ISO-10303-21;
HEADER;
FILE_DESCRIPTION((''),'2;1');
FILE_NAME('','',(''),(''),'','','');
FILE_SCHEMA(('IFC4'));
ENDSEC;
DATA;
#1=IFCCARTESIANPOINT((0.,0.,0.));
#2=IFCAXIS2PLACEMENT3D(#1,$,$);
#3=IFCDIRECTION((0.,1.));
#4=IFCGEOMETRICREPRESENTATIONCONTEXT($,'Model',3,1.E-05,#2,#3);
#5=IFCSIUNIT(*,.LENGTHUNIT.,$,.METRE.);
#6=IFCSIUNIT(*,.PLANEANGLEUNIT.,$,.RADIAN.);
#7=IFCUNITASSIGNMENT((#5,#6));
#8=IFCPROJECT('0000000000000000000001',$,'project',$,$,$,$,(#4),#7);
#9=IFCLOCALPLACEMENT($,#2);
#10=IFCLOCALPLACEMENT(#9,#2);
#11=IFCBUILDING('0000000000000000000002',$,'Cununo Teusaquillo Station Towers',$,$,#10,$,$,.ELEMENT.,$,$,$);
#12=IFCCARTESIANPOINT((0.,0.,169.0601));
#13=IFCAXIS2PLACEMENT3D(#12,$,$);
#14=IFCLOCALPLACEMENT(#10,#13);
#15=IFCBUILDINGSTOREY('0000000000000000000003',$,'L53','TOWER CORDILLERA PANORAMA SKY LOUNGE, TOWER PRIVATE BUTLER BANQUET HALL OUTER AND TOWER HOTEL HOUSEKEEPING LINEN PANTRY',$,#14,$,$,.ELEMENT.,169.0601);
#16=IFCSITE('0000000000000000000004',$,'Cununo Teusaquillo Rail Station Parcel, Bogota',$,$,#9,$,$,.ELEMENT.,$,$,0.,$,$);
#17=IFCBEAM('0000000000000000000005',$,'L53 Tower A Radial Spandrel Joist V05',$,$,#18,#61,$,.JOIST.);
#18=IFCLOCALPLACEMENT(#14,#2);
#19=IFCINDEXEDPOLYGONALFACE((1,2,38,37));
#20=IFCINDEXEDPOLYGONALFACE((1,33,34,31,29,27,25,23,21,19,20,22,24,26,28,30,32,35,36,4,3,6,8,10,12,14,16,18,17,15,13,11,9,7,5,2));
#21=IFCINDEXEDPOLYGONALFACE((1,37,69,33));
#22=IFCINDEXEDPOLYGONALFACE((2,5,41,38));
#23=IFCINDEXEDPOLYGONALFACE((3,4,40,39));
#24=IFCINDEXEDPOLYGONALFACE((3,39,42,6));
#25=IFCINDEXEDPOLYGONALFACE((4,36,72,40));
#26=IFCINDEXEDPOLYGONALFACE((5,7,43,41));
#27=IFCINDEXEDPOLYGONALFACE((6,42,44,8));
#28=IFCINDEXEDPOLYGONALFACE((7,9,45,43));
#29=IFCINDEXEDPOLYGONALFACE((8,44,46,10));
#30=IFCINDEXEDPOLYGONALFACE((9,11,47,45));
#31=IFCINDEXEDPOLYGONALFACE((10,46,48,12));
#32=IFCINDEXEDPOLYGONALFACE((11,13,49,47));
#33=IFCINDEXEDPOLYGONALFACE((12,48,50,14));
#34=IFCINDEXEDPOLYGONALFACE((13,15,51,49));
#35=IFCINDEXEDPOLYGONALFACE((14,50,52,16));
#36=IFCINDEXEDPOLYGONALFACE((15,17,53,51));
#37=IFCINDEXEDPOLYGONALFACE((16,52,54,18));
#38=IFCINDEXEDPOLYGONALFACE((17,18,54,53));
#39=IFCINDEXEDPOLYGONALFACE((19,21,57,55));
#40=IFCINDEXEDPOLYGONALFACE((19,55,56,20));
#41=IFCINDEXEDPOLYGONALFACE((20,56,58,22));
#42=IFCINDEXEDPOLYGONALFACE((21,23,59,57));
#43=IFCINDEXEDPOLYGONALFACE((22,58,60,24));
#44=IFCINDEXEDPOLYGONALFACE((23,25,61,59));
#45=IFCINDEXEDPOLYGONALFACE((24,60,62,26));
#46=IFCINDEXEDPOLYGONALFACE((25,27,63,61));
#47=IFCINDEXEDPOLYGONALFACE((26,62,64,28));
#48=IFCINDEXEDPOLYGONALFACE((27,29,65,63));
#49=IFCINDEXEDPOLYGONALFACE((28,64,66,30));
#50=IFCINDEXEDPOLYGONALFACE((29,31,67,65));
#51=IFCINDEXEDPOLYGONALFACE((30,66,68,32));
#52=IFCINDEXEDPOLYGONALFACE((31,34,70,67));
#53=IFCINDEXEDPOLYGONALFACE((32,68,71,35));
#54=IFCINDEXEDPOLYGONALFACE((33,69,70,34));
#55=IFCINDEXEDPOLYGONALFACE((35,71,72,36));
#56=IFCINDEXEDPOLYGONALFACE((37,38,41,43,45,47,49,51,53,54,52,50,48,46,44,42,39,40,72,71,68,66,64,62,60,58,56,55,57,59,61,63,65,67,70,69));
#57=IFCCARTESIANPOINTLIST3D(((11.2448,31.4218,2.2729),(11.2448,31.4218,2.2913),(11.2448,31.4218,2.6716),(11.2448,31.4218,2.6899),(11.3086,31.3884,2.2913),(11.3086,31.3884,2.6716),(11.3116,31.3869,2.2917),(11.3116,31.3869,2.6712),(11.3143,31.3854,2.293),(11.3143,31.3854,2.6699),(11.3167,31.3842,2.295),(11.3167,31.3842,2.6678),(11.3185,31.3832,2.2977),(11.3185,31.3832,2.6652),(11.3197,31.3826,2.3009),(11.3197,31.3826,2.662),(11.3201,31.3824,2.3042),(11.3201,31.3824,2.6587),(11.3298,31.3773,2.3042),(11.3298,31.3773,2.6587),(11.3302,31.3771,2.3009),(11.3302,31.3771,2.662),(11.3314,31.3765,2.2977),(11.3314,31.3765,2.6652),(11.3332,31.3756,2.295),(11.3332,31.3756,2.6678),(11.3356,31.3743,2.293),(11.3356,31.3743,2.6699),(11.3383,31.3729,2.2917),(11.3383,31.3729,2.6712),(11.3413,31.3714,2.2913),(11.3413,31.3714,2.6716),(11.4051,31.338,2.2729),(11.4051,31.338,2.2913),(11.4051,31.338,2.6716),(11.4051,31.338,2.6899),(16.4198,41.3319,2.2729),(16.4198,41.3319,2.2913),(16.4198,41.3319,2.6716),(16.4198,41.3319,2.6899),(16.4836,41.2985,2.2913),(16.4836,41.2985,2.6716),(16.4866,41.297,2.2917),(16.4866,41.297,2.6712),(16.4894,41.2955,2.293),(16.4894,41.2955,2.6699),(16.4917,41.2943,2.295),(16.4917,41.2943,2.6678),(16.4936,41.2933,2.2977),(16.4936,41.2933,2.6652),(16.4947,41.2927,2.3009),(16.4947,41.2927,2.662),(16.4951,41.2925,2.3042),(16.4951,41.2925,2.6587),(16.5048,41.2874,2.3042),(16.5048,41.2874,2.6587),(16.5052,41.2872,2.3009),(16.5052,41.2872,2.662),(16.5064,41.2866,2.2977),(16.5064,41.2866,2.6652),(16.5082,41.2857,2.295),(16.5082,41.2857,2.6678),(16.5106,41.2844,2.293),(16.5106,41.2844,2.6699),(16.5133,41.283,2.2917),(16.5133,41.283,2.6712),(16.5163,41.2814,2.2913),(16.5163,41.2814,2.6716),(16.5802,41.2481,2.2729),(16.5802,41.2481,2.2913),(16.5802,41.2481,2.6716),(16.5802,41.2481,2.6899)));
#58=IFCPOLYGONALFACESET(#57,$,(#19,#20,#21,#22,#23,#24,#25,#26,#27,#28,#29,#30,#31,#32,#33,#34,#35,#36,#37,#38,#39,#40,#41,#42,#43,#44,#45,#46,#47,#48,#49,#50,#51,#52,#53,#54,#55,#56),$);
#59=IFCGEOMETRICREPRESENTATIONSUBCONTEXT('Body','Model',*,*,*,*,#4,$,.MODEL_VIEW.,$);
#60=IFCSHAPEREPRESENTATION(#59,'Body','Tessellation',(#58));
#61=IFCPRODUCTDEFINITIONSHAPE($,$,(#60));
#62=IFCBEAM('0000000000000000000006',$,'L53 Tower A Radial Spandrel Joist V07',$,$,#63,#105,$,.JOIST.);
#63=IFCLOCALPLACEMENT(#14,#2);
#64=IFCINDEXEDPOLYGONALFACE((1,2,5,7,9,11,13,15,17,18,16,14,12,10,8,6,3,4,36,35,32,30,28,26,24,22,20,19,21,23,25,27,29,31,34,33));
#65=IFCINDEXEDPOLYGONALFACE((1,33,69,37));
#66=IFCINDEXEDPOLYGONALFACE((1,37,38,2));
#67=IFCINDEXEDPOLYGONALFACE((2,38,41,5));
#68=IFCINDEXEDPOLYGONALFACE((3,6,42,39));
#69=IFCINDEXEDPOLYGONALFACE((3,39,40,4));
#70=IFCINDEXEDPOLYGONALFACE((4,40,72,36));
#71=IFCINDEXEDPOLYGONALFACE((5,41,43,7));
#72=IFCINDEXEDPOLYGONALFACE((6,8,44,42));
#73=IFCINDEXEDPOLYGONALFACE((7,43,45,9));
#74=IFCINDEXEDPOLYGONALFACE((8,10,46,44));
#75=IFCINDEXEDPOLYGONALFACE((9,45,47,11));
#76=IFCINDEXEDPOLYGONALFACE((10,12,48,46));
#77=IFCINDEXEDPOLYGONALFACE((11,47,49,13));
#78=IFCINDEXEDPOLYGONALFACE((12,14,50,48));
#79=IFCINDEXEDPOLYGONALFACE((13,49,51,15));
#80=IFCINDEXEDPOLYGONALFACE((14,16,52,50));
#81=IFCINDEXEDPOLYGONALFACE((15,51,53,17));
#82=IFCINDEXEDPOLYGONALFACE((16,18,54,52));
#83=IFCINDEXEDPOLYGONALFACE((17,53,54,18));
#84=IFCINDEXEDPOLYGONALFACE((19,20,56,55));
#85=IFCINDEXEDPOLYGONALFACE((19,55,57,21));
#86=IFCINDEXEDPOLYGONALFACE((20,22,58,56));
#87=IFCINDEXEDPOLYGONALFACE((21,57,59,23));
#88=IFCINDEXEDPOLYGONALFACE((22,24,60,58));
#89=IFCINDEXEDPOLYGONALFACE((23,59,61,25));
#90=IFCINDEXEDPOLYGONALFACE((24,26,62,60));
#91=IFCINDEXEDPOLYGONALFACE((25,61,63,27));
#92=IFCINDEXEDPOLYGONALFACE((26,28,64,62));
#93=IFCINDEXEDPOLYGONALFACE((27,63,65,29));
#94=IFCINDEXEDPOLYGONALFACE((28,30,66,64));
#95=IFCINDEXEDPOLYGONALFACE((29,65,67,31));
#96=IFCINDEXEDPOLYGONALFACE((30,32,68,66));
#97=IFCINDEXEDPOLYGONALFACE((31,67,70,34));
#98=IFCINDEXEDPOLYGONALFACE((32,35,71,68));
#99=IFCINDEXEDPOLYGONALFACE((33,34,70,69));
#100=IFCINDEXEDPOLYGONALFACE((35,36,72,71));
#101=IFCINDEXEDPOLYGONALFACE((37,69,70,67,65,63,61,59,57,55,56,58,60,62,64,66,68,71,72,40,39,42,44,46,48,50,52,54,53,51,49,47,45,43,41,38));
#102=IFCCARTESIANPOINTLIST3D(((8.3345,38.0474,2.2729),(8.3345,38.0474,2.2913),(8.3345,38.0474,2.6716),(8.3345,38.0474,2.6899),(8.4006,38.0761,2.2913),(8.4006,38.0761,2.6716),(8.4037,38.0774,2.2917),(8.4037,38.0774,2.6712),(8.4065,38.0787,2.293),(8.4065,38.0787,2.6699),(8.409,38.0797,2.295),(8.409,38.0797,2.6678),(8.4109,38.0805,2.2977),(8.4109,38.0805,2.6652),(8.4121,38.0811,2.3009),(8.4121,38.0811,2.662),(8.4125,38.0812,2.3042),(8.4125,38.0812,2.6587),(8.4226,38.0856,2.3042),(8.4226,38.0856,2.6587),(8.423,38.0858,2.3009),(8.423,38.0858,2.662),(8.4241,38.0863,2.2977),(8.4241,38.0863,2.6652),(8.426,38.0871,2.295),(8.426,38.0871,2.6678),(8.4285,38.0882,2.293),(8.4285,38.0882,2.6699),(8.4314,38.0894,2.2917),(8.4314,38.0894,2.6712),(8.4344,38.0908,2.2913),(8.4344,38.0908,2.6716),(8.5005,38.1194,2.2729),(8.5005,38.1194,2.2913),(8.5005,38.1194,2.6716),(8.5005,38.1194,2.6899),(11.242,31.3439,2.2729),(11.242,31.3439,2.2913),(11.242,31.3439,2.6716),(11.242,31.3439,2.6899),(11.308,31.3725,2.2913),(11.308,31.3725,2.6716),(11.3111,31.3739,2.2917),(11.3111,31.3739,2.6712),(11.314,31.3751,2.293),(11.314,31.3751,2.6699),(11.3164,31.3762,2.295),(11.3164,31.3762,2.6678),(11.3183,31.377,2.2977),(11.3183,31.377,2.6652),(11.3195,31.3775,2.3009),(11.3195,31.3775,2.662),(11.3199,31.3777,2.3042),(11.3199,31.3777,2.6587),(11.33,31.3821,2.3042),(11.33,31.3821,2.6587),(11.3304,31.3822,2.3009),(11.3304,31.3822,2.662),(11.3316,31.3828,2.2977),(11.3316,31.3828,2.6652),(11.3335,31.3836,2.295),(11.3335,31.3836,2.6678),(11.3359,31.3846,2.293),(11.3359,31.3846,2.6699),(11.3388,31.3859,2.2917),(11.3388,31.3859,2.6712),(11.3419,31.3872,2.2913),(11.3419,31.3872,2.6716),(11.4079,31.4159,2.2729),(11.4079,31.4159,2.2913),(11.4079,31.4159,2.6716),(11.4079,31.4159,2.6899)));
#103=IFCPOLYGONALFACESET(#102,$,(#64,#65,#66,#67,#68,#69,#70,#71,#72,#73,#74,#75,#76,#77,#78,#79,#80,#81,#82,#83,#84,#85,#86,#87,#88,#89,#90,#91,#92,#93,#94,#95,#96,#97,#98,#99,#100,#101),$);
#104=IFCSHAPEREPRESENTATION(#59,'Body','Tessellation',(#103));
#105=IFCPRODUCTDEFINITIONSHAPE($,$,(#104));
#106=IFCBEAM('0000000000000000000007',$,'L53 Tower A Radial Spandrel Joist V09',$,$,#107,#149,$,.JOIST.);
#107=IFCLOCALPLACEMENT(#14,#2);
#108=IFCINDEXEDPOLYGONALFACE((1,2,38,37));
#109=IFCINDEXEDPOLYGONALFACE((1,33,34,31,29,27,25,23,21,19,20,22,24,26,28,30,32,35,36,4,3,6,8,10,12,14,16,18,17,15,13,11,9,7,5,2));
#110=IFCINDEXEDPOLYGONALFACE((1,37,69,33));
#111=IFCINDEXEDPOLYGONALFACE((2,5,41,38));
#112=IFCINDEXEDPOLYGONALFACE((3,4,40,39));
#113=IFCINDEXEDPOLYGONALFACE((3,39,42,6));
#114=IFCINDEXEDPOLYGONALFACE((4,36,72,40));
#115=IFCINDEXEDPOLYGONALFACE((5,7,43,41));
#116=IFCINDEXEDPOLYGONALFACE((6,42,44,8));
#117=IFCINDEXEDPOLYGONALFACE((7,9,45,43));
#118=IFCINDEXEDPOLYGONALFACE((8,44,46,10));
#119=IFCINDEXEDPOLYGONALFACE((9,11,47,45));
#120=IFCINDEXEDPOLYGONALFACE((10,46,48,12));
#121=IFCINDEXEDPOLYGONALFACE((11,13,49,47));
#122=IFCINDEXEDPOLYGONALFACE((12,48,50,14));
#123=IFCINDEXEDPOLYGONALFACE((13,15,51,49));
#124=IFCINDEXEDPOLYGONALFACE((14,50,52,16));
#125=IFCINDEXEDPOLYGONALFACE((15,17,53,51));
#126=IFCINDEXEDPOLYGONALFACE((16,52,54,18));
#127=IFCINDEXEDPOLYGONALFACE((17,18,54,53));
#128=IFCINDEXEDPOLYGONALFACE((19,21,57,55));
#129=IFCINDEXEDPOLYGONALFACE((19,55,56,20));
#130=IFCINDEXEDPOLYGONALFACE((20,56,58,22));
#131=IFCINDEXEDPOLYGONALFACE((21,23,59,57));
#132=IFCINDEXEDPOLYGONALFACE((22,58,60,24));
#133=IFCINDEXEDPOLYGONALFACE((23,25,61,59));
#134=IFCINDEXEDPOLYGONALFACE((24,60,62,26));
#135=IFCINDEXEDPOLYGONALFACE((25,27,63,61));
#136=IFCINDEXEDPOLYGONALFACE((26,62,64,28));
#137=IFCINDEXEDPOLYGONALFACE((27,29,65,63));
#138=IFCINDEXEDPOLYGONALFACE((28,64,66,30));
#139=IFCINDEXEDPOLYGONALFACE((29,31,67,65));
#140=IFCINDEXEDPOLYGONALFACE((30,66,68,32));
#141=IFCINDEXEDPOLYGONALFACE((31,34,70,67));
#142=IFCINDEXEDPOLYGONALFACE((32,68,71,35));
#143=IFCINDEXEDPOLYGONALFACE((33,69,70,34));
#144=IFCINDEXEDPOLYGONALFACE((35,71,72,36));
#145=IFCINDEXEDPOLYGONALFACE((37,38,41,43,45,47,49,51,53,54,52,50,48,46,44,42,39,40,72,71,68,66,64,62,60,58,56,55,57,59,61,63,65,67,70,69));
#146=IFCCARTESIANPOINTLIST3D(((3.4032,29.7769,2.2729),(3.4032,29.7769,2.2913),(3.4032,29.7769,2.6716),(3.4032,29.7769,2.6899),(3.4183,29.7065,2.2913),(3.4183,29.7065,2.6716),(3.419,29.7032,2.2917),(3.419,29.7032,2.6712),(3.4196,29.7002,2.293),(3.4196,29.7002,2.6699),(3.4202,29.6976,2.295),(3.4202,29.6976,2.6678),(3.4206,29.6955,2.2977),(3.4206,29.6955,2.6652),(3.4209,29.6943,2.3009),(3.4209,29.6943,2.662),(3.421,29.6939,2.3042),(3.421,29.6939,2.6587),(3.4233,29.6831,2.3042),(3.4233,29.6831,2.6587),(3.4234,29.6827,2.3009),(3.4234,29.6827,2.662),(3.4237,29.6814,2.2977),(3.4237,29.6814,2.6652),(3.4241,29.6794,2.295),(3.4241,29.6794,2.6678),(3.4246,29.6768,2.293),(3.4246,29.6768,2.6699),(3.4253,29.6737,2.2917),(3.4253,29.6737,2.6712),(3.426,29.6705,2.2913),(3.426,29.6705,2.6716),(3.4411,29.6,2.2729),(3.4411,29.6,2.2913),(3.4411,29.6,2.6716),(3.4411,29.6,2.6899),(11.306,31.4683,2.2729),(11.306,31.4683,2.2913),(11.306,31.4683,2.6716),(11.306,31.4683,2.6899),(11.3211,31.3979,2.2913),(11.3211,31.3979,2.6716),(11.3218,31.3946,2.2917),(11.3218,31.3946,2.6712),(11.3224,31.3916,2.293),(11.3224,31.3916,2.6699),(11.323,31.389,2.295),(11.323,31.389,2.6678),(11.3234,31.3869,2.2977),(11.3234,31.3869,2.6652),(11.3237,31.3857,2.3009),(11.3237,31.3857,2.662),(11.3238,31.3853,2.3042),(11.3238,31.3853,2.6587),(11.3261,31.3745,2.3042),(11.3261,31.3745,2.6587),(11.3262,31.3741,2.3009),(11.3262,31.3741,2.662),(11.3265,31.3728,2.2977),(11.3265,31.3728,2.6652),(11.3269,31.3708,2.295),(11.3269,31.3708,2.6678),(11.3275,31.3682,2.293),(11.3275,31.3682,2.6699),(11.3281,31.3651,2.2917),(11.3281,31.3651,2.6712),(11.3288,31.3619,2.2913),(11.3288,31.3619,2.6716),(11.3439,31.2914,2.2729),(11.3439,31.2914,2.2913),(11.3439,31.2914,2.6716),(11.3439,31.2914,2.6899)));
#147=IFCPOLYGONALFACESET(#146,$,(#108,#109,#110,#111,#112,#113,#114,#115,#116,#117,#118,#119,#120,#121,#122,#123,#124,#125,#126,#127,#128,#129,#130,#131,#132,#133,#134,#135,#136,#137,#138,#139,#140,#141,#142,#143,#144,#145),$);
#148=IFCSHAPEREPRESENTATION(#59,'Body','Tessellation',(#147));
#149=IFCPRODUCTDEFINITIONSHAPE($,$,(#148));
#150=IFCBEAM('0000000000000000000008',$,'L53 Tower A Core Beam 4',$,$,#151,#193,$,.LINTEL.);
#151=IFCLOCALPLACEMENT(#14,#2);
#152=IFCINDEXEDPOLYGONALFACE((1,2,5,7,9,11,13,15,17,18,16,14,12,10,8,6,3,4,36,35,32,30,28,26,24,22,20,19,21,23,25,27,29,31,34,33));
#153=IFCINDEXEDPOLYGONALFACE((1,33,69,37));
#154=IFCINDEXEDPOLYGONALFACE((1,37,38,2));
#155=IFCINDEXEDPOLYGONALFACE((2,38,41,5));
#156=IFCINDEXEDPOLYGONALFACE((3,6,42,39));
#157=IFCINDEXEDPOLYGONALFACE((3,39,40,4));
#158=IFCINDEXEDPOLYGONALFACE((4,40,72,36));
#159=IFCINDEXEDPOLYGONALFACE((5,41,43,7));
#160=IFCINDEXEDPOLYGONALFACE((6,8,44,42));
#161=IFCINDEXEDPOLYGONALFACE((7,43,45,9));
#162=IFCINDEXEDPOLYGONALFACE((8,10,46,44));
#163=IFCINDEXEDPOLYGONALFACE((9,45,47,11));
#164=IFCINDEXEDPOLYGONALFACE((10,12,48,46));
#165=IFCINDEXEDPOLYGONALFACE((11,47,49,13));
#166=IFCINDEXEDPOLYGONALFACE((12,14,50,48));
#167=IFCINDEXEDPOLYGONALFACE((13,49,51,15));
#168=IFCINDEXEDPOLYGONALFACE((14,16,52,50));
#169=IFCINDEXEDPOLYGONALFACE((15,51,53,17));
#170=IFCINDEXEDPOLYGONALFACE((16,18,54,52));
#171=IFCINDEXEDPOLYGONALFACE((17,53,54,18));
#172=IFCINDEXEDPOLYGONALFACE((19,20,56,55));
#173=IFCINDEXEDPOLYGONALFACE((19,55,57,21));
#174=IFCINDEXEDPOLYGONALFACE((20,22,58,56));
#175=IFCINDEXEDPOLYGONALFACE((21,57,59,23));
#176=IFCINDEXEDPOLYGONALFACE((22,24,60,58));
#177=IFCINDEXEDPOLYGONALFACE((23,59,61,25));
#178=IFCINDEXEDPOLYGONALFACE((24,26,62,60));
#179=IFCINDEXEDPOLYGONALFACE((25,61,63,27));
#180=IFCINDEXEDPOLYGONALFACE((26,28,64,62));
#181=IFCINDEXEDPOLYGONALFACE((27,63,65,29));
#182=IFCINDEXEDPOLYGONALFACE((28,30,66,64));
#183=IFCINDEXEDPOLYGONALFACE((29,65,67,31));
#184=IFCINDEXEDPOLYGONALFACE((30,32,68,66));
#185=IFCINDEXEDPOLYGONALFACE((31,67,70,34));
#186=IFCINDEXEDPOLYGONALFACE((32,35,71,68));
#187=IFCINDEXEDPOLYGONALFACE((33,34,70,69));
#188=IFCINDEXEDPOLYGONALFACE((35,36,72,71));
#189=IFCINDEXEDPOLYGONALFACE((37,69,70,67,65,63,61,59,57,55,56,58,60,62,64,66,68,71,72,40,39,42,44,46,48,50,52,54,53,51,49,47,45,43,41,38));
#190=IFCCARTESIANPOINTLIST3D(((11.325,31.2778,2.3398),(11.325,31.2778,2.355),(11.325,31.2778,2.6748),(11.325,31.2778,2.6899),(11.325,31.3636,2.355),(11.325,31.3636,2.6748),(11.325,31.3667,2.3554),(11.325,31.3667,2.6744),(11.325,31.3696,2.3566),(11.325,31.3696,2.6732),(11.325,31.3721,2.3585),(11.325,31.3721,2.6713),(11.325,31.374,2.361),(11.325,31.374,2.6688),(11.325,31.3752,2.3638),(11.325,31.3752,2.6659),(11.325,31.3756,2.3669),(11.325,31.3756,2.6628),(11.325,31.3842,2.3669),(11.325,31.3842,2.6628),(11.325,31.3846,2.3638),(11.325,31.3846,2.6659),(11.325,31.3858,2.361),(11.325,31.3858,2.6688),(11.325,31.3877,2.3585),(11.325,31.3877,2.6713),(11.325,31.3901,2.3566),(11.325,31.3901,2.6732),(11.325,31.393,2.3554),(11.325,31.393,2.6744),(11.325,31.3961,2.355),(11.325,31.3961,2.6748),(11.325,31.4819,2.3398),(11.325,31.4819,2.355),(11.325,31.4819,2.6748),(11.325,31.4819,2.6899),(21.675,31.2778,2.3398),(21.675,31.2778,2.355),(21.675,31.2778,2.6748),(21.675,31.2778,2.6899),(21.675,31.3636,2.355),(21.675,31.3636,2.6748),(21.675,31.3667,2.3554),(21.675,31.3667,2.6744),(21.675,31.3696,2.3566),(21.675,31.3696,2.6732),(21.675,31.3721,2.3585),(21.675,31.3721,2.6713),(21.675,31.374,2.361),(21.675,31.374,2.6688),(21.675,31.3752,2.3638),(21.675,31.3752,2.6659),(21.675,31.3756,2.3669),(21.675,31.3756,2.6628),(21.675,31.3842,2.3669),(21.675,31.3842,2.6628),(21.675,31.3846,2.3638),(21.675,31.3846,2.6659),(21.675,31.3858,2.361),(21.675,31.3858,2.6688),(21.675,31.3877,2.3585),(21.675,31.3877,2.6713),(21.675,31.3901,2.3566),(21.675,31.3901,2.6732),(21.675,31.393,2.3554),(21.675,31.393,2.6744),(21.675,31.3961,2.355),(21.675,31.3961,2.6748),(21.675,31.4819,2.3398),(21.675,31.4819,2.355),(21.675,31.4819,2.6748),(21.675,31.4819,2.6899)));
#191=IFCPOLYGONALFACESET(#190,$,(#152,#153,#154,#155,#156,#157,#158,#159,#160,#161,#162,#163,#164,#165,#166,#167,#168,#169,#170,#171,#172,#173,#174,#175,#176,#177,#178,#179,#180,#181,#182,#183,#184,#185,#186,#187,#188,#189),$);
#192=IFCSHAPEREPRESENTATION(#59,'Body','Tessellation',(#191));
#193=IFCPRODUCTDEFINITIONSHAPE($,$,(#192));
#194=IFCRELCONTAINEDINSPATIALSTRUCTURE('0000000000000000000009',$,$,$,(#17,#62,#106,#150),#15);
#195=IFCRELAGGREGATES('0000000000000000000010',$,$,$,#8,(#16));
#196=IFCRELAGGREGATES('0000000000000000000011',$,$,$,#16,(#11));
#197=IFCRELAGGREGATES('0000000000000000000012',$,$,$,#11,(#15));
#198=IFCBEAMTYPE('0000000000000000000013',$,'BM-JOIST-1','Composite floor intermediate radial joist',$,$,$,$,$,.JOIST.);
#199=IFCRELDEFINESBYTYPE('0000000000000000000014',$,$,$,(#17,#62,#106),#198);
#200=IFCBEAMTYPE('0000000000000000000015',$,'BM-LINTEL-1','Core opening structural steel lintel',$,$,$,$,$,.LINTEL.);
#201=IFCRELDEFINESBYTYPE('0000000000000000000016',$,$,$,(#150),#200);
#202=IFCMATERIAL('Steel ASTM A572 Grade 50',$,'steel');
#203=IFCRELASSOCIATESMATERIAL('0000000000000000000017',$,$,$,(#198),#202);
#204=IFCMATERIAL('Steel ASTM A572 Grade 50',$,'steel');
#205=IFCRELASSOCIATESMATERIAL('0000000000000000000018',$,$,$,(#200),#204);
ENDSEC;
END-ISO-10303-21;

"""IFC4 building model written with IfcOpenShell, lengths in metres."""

from ifc_helpers import new_model, si_unit, direction, frame, origin, origin_2d, place, context, subcontext, project, spatial, i_section, extrude, material, material_profile, profile_set, type_object, element, save


model = new_model("IFC4")

# Units and contexts
model_context = context("Model", 3, precision=1e-05, world=origin(), true_north=direction((0.0, 1.0)))
body_context = subcontext(model_context, "Body", "Model", "MODEL_VIEW")
ifc_project = project(units=[si_unit("LENGTHUNIT", "METRE"), si_unit("PLANEANGLEUNIT", "RADIAN")], contexts=[model_context])

# Site, building, storey
site_placement = place(None, origin())
site = spatial("IfcSite", under=ifc_project, at=site_placement, Name="Cununo Teusaquillo Rail Station Parcel, Bogota", CompositionType="ELEMENT", RefElevation=0.0)
building_placement = place(site_placement, origin())
building = spatial("IfcBuilding", under=site, at=building_placement, Name="Cununo Teusaquillo Station Towers", CompositionType="ELEMENT")
storey_placement = place(building_placement, frame((0.0, 0.0, 169.0601)))
storey = spatial("IfcBuildingStorey", under=building, at=storey_placement, Name="L53", Description="TOWER CORDILLERA PANORAMA SKY LOUNGE, TOWER PRIVATE BUTLER BANQUET HALL OUTER AND TOWER HOTEL HOUSEKEEPING LINEN PANTRY", CompositionType="ELEMENT", Elevation=169.0601)

# Beams
ifc_material_1 = material(Name="Steel ASTM A572 Grade 50", Category="steel")
ifc_material_profile_1 = material_profile(ifc_material_1, i_section(OverallWidth=0.1809, OverallDepth=0.417, WebThickness=0.011, FlangeThickness=0.0183, FilletRadius=0.0129, at=origin_2d()), Name="W16X57")
ifc_profile_set_1 = profile_set([ifc_material_profile_1], Name="Steel ASTM A572 Grade 50")
beam_type_1 = type_object("IfcBeamType", Name="BM-JOIST-1", Description="Composite floor intermediate radial joist", PredefinedType="JOIST", material=ifc_profile_set_1)
beam_1_placement = place(storey_placement, frame((11.325, 31.3799, 2.4814), z_axis=(0.462885, 0.886419, 0.0), x_axis=(-0.886419, 0.462885, 0.0)))
element("IfcBeam", 1, at=beam_1_placement, inside=storey, type_object=beam_type_1, Name="L53 Tower A Radial Spandrel Joist V05", PredefinedType="JOIST", context=body_context, shape_type="SweptSolid", body=[
    extrude(i_section(OverallWidth=0.1809, OverallDepth=0.417, WebThickness=0.011, FlangeThickness=0.0183, FilletRadius=0.0129, at=origin_2d()), origin(), (0.0, 0.0, 1.0), 11.1799),
])
beam_2_placement = place(storey_placement, frame((11.325, 31.3799, 2.4814), z_axis=(-0.397904, 0.917427, 0.0), x_axis=(-0.917427, -0.397904, 0.0)))
element("IfcBeam", 2, at=beam_2_placement, inside=storey, type_object=beam_type_1, Name="L53 Tower A Radial Spandrel Joist V07", PredefinedType="JOIST", context=body_context, shape_type="SweptSolid", body=[
    extrude(i_section(OverallWidth=0.1809, OverallDepth=0.417, WebThickness=0.011, FlangeThickness=0.0183, FilletRadius=0.0129, at=origin_2d()), origin(), (0.0, 0.0, 1.0), 7.3069),
])
beam_3_placement = place(storey_placement, frame((11.325, 31.3799, 2.4814), z_axis=(-0.977855, -0.209286, 0.0), x_axis=(0.209286, -0.977855, 0.0)))
element("IfcBeam", 3, at=beam_3_placement, inside=storey, type_object=beam_type_1, Name="L53 Tower A Radial Spandrel Joist V09", PredefinedType="JOIST", context=body_context, shape_type="SweptSolid", body=[
    extrude(i_section(OverallWidth=0.1809, OverallDepth=0.417, WebThickness=0.011, FlangeThickness=0.0183, FilletRadius=0.0129, at=origin_2d()), origin(), (0.0, 0.0, 1.0), 8.0818),
])
ifc_material_2 = material(Name="Steel ASTM A572 Grade 50", Category="steel")
ifc_material_profile_2 = material_profile(ifc_material_2, i_section(OverallWidth=0.2041, OverallDepth=0.3501, WebThickness=0.0085, FlangeThickness=0.0151, FilletRadius=0.012, at=origin_2d()), Name="W14X48")
ifc_profile_set_2 = profile_set([ifc_material_profile_2], Name="Steel ASTM A572 Grade 50")
beam_type_2 = type_object("IfcBeamType", Name="BM-LINTEL-1", Description="Core opening structural steel lintel", PredefinedType="LINTEL", material=ifc_profile_set_2)
beam_4_placement = place(storey_placement, frame((11.325, 31.3799, 2.5149), z_axis=(1.0, 0.0, 0.0), x_axis=(0.0, 1.0, 0.0)))
element("IfcBeam", 4, at=beam_4_placement, inside=storey, type_object=beam_type_2, Name="L53 Tower A Core Beam 4", PredefinedType="LINTEL", context=body_context, shape_type="SweptSolid", body=[
    extrude(i_section(OverallWidth=0.2041, OverallDepth=0.3501, WebThickness=0.0085, FlangeThickness=0.0151, FilletRadius=0.012, at=origin_2d()), origin(), (0.0, 0.0, 1.0), 10.3501),
])

save(model, "model.ifc")
